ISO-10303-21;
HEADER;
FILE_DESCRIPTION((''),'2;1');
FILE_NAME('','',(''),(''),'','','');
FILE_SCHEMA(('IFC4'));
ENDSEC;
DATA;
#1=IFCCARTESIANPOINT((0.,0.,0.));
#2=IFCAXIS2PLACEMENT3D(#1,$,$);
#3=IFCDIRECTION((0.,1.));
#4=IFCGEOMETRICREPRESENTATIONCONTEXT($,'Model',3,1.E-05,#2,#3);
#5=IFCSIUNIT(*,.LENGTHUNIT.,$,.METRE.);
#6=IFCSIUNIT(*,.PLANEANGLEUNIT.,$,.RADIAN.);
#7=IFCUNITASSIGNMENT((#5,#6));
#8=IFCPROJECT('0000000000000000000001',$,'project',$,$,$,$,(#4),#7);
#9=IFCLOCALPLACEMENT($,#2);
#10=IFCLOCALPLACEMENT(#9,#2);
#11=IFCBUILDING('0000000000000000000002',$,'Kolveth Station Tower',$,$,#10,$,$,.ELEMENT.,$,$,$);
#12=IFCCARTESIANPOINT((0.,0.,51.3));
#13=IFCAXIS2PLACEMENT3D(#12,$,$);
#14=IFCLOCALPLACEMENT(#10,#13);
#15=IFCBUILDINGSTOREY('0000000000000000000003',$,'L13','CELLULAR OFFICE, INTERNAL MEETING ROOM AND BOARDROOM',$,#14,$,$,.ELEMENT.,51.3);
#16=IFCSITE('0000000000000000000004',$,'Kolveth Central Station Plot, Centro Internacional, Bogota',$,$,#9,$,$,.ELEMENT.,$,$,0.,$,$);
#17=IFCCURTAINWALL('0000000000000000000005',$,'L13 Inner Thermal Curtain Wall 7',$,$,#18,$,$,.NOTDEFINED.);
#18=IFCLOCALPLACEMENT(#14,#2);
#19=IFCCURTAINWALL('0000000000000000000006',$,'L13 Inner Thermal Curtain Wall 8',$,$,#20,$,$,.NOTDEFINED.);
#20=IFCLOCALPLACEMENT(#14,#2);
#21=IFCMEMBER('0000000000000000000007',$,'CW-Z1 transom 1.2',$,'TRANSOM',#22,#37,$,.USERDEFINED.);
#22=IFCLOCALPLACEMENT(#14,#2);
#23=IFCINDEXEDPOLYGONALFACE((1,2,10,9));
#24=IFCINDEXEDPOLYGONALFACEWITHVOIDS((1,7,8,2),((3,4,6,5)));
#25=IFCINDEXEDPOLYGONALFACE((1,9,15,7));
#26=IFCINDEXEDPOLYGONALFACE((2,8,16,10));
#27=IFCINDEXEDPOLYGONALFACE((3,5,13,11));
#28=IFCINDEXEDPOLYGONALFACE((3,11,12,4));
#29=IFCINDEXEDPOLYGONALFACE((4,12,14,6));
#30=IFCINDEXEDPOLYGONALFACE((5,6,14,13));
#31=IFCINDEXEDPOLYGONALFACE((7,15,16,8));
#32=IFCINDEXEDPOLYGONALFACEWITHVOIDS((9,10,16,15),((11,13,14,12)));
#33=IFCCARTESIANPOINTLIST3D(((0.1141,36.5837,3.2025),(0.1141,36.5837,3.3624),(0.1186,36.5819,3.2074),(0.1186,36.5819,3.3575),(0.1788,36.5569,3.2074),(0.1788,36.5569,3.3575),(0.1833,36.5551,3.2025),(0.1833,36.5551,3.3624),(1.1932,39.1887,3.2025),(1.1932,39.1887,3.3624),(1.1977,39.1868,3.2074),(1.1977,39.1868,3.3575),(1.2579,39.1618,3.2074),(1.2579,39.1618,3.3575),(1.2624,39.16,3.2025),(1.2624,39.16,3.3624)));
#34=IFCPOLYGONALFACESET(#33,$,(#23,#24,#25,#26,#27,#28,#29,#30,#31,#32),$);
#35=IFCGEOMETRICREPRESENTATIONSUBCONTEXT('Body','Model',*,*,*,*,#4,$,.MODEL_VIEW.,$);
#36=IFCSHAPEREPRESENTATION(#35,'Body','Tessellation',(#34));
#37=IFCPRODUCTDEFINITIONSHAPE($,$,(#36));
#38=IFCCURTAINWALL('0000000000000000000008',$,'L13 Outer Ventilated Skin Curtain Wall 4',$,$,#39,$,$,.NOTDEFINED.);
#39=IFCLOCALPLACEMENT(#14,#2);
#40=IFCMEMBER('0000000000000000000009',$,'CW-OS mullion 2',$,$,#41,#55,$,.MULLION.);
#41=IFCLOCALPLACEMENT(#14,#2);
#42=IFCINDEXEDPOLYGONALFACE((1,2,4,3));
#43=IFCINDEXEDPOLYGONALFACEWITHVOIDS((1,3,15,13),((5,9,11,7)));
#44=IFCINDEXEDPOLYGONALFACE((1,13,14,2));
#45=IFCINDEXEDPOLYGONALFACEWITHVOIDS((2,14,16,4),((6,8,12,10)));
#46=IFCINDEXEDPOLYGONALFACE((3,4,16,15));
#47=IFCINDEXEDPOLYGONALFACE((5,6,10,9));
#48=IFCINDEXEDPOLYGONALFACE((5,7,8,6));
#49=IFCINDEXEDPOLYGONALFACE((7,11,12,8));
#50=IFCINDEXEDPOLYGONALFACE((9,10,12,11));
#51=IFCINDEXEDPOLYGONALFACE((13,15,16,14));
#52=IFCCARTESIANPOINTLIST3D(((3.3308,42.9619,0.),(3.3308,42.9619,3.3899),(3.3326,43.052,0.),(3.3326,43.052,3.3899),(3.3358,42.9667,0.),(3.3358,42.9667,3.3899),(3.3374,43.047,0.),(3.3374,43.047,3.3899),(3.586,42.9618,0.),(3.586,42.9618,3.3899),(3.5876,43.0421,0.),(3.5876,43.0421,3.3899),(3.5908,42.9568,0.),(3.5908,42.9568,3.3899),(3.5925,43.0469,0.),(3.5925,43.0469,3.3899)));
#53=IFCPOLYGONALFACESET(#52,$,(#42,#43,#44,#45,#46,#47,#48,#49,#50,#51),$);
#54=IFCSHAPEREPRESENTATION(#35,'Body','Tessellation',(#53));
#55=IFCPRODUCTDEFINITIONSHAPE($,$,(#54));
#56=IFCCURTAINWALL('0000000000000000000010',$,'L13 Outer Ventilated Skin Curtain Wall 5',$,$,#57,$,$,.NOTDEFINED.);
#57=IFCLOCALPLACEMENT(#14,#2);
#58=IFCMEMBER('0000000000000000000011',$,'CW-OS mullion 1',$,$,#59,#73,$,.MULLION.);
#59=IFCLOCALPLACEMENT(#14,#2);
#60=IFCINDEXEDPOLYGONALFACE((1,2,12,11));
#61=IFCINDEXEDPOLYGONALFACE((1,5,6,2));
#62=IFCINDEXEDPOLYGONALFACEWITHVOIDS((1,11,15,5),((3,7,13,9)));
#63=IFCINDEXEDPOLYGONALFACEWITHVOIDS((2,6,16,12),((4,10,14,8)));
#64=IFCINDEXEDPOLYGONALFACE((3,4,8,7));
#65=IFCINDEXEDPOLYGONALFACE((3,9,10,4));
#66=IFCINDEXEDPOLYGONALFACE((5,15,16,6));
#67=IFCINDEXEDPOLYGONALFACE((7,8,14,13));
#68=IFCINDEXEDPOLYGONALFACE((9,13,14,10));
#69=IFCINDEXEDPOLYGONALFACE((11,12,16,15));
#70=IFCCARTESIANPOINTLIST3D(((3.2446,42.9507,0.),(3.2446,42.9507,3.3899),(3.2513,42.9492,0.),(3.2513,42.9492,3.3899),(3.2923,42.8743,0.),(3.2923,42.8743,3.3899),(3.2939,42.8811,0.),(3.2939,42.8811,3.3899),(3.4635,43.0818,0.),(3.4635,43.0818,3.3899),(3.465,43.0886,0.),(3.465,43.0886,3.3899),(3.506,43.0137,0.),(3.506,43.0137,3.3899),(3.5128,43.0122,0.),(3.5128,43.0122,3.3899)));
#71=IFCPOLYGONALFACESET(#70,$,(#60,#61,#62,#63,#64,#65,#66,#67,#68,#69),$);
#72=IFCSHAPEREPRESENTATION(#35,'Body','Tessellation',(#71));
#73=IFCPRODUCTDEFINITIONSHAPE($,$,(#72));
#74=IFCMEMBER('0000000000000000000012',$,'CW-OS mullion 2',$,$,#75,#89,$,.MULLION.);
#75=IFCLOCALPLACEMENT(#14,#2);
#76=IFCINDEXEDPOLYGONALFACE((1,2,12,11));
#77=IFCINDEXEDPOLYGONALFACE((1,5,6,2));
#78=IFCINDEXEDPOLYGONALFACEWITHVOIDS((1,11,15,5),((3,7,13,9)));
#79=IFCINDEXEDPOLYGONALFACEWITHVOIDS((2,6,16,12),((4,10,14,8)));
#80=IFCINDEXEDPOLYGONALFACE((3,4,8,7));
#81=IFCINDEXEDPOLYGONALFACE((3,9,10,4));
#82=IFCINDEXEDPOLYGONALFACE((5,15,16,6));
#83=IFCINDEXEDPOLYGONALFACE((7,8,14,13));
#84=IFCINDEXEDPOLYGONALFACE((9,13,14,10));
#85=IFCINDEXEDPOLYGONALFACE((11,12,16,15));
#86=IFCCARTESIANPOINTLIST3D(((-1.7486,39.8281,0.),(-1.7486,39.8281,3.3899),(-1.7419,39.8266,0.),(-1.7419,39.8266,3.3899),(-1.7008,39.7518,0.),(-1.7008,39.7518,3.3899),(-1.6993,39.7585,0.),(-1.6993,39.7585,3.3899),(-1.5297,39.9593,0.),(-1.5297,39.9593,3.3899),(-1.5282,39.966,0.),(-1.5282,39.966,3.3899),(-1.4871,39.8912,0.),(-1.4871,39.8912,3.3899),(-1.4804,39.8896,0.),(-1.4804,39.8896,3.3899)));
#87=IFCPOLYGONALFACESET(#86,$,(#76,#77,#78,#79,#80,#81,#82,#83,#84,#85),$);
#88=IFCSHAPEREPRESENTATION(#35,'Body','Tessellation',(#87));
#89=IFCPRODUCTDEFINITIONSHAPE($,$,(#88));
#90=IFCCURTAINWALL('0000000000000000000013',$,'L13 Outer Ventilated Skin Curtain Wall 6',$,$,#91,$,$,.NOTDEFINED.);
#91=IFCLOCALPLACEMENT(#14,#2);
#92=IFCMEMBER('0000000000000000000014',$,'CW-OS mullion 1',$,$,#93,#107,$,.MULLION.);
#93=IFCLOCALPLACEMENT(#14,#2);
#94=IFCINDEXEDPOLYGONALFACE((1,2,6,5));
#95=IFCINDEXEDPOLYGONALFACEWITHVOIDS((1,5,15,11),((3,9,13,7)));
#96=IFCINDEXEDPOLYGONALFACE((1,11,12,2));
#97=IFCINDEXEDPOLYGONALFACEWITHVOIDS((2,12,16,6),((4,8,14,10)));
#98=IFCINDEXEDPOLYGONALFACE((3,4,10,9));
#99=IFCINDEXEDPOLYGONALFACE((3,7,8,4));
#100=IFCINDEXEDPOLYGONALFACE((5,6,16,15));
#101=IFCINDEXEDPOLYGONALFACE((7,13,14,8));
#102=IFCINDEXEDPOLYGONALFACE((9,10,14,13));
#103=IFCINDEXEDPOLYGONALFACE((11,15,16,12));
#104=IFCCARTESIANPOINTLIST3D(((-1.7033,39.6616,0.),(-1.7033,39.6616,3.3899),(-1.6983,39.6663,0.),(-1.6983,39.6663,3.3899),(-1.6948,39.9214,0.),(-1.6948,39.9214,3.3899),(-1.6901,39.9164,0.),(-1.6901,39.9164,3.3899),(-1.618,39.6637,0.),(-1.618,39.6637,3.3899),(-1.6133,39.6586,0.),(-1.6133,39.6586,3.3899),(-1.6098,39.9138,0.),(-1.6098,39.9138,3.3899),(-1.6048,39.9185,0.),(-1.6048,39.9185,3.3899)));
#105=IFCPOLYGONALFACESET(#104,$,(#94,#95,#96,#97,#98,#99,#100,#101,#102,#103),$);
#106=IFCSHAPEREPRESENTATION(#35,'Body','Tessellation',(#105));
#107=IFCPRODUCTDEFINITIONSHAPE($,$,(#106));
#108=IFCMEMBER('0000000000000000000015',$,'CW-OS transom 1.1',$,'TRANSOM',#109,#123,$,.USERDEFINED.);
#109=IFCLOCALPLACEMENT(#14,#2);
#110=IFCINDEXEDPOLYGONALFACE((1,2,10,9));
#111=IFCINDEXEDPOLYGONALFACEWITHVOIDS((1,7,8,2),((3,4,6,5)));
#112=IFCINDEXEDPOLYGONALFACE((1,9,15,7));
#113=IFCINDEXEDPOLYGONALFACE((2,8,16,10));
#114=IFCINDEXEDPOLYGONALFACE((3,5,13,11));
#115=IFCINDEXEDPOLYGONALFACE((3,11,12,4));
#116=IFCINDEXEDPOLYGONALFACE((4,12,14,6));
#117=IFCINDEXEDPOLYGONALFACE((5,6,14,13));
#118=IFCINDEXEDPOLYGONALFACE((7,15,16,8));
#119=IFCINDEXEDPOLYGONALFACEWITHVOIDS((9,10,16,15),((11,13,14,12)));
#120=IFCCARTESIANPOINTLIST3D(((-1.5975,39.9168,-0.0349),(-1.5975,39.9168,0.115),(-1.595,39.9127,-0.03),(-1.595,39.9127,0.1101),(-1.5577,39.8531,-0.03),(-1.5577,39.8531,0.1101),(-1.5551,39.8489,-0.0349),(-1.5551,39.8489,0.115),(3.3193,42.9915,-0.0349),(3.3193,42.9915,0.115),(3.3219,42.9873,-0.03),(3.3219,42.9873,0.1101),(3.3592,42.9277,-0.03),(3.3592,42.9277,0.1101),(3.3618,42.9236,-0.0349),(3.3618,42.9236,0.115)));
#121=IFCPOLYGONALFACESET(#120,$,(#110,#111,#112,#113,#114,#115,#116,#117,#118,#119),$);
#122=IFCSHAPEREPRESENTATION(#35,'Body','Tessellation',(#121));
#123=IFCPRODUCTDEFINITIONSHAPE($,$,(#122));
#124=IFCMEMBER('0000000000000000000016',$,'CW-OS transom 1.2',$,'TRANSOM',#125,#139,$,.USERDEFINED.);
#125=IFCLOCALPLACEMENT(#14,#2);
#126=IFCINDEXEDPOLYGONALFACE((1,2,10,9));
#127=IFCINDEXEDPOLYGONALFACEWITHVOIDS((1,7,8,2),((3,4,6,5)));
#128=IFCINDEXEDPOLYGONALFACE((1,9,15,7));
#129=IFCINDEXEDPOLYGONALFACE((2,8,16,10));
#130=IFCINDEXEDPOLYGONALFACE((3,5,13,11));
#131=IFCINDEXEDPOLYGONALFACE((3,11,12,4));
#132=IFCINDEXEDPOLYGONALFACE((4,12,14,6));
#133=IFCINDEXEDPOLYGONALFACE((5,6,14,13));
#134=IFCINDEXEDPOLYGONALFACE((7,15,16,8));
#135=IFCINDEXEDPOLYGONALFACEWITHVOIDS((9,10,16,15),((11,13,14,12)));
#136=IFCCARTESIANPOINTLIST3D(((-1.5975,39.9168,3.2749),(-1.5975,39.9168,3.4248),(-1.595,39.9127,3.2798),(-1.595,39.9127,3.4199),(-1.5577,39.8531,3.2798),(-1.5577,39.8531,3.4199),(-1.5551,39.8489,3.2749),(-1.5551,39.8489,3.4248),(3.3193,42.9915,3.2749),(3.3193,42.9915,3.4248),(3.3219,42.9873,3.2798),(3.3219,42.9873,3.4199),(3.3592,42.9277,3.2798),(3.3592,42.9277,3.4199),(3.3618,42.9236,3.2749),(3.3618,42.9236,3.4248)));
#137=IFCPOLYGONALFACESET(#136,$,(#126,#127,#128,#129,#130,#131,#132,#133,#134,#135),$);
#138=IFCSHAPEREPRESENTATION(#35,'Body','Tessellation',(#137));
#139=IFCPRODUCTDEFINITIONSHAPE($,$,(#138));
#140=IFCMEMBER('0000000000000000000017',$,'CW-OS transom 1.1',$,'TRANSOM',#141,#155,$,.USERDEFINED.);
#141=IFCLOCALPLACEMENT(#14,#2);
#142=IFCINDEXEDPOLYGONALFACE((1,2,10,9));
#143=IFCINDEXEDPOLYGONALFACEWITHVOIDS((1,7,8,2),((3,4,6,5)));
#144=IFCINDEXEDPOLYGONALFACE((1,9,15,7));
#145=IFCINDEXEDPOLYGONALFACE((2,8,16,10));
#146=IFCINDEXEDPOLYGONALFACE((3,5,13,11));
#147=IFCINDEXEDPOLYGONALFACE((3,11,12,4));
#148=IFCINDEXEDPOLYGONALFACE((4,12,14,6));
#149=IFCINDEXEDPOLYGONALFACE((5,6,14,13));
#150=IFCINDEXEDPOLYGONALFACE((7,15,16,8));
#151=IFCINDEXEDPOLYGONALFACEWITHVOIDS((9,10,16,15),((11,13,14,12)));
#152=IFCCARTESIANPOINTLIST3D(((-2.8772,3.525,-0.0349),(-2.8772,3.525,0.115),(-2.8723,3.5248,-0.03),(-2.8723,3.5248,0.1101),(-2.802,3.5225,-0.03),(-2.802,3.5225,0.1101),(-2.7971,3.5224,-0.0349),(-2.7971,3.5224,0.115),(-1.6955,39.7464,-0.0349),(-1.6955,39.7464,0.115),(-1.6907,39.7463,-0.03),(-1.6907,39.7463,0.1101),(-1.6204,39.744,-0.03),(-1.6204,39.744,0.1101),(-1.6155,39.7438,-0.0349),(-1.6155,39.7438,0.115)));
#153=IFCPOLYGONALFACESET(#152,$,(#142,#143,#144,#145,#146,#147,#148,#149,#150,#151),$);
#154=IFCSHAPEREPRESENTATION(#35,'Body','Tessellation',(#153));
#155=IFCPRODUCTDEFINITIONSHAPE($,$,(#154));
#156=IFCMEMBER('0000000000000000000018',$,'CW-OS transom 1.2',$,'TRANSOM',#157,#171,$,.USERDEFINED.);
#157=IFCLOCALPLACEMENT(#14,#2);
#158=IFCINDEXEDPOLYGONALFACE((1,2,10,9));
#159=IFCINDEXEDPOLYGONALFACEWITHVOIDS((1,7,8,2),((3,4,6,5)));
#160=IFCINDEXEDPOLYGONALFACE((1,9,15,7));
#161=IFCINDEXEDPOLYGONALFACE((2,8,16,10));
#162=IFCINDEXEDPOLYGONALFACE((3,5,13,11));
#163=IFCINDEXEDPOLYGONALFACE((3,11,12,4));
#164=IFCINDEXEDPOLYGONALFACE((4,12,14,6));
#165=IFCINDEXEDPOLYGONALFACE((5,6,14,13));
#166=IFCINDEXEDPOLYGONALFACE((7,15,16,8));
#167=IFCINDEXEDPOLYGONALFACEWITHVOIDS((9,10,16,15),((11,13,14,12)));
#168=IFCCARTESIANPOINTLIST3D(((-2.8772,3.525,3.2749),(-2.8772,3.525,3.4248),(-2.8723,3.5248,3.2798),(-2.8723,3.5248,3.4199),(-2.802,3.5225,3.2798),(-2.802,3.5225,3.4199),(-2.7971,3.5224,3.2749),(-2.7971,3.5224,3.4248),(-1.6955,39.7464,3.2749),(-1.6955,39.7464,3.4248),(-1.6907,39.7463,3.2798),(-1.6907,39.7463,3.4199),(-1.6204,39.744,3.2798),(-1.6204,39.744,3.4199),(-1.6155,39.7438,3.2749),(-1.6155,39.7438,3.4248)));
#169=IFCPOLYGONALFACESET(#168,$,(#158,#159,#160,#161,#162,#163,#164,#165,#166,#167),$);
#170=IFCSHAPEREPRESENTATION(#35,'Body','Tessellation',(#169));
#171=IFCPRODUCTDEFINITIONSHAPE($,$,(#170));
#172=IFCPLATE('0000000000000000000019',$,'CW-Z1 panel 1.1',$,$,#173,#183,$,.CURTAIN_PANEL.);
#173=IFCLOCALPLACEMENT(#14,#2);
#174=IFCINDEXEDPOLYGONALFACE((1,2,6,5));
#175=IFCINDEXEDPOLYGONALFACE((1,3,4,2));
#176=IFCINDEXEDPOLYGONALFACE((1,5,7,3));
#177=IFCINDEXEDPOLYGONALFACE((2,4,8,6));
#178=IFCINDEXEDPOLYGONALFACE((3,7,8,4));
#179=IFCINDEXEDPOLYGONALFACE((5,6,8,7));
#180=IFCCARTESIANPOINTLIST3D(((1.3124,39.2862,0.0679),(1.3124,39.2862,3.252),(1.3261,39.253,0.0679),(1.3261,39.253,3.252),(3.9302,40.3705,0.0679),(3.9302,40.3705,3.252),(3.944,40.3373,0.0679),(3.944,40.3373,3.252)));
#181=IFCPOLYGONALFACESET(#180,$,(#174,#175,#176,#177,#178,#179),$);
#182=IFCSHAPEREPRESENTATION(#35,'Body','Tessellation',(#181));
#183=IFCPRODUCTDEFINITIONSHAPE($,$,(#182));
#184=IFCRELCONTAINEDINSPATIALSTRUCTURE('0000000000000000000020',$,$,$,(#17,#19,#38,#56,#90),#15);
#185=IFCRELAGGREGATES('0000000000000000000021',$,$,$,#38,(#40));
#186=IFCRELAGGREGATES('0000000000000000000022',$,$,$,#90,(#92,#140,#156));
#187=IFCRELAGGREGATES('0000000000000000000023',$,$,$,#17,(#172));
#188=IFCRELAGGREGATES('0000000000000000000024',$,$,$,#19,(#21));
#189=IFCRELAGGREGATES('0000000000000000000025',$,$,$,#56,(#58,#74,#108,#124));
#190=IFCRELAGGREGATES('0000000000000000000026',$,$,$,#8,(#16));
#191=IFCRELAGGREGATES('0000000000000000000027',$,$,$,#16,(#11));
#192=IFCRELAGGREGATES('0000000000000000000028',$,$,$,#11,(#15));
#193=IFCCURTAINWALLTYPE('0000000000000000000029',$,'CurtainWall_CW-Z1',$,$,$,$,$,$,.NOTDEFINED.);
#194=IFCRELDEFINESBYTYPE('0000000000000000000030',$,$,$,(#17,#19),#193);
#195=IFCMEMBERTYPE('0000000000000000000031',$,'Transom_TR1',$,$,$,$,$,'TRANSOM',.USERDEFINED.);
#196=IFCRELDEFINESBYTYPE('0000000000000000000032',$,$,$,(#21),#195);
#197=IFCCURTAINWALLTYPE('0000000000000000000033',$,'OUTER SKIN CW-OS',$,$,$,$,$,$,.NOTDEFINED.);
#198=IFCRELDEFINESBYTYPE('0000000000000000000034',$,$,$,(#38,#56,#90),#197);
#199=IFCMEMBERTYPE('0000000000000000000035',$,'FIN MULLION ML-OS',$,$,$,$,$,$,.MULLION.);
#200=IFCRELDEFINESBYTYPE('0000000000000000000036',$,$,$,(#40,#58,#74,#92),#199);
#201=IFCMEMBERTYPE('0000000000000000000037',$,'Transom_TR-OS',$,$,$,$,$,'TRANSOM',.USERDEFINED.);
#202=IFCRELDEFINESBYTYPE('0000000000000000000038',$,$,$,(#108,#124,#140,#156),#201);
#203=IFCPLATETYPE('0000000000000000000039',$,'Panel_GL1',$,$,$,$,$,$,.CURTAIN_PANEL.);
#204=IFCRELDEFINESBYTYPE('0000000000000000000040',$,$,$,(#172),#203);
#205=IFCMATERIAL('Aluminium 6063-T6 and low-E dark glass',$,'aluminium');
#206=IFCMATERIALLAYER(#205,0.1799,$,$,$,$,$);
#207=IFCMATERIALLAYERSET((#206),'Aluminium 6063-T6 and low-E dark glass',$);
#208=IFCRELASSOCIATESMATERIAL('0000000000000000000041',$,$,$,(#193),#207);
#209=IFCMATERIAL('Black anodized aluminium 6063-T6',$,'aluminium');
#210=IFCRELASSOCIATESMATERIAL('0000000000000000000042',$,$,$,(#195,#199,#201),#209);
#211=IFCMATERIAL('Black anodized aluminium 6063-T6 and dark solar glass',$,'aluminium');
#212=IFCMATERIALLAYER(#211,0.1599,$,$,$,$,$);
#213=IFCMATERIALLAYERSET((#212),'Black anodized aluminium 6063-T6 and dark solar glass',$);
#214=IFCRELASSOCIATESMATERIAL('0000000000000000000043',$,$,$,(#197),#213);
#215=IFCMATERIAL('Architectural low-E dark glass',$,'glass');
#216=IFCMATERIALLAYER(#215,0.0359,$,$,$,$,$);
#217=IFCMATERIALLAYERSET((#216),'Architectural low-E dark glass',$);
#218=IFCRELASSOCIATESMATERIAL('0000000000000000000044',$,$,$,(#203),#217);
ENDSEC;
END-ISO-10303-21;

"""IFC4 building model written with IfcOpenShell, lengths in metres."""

from ifc_helpers import new_model, si_unit, direction, frame, origin, origin_2d, place, context, subcontext, project, spatial, rectangle, hollow_rectangle, extrude, source, transform, mapped, material, layer, layer_set, material_profile, profile_set, type_object, element, aggregate, save


model = new_model("IFC4")

# Units and contexts
model_context = context("Model", 3, precision=1e-05, world=origin(), true_north=direction((0.0, 1.0)))
body_context = subcontext(model_context, "Body", "Model", "MODEL_VIEW")
ifc_project = project(units=[si_unit("LENGTHUNIT", "METRE"), si_unit("PLANEANGLEUNIT", "RADIAN")], contexts=[model_context])

# Site, building, storey
site_placement = place(None, origin())
site = spatial("IfcSite", under=ifc_project, at=site_placement, Name="Kolveth Central Station Plot, Centro Internacional, Bogota", CompositionType="ELEMENT", RefElevation=0.0)
building_placement = place(site_placement, origin())
building = spatial("IfcBuilding", under=site, at=building_placement, Name="Kolveth Station Tower", CompositionType="ELEMENT")
storey_placement = place(building_placement, frame((0.0, 0.0, 51.3)))
storey = spatial("IfcBuildingStorey", under=building, at=storey_placement, Name="L13", Description="CELLULAR OFFICE, INTERNAL MEETING ROOM AND BOARDROOM", CompositionType="ELEMENT", Elevation=51.3)

# Shared definitions
ifc_material_1 = material(Name="Aluminium 6063-T6 and low-E dark glass", Category="aluminium")
ifc_layer_1 = layer(ifc_material_1, 0.1799)
ifc_layer_set_1 = layer_set([ifc_layer_1], Name="Aluminium 6063-T6 and low-E dark glass")
curtain_wall_type_1 = type_object("IfcCurtainWallType", Name="CurtainWall_CW-Z1", PredefinedType="NOTDEFINED", material=ifc_layer_set_1)
ifc_material_2 = material(Name="Black anodized aluminium 6063-T6", Category="aluminium")

# Curtain walls
curtain_wall_1_placement = place(storey_placement, origin())
curtain_wall_1 = element("IfcCurtainWall", 1, at=curtain_wall_1_placement, inside=storey, type_object=curtain_wall_type_1, Name="L13 Inner Thermal Curtain Wall 7", PredefinedType="NOTDEFINED")
curtain_wall_2_placement = place(storey_placement, origin())
curtain_wall_2 = element("IfcCurtainWall", 2, at=curtain_wall_2_placement, inside=storey, type_object=curtain_wall_type_1, Name="L13 Inner Thermal Curtain Wall 8", PredefinedType="NOTDEFINED")

# Member
ifc_material_profile_1 = material_profile(ifc_material_2, hollow_rectangle(XDim=0.075, YDim=0.1599, WallThickness=0.0049, at=origin_2d()), Name="ALU-75x160x5")
ifc_profile_set_1 = profile_set([ifc_material_profile_1], Name="Black anodized aluminium 6063-T6")
member_type_1 = type_object("IfcMemberType", Name="Transom_TR1", ElementType="TRANSOM", PredefinedType="USERDEFINED", material=ifc_profile_set_1)
shared_shape_1 = source(origin(), body_context, "Body", "SweptSolid", [
    extrude(hollow_rectangle(XDim=0.075, YDim=0.1599, WallThickness=0.0049, at=origin_2d()), origin(), (0.0, 0.0, 1.0), 2.8196),
])
member_1_placement = place(storey_placement, frame((1.2278, 39.1743, 3.2825), z_axis=(-0.382709, -0.923869, 0.0), x_axis=(0.923869, -0.382709, 0.0)))
member_1 = element("IfcMember", 3, at=member_1_placement, type_object=member_type_1, Name="CW-Z1 transom 1.2", ObjectType="TRANSOM", PredefinedType="USERDEFINED", context=body_context, shape_type="MappedRepresentation", body=[
    mapped(shared_shape_1, transform((0.0, 0.0, 0.0), x_axis=(1.0, 0.0, 0.0), y_axis=(0.0, 1.0, 0.0), z_axis=(0.0, 0.0, 1.0), scale=1.0)),
])

# Curtain wall, member
ifc_material_3 = material(Name="Black anodized aluminium 6063-T6 and dark solar glass", Category="aluminium")
ifc_layer_2 = layer(ifc_material_3, 0.1599)
ifc_layer_set_2 = layer_set([ifc_layer_2], Name="Black anodized aluminium 6063-T6 and dark solar glass")
curtain_wall_type_2 = type_object("IfcCurtainWallType", Name="OUTER SKIN CW-OS", PredefinedType="NOTDEFINED", material=ifc_layer_set_2)
curtain_wall_3_placement = place(storey_placement, origin())
curtain_wall_3 = element("IfcCurtainWall", 4, at=curtain_wall_3_placement, inside=storey, type_object=curtain_wall_type_2, Name="L13 Outer Ventilated Skin Curtain Wall 4", PredefinedType="NOTDEFINED")
ifc_material_profile_2 = material_profile(ifc_material_2, hollow_rectangle(XDim=0.0901, YDim=0.26, WallThickness=0.0049, at=origin_2d()), Name="ALU-90x260x5")
ifc_profile_set_2 = profile_set([ifc_material_profile_2], Name="Black anodized aluminium 6063-T6")
member_type_2 = type_object("IfcMemberType", Name="FIN MULLION ML-OS", PredefinedType="MULLION", material=ifc_profile_set_2)
shared_shape_2 = source(origin(), body_context, "Body", "SweptSolid", [
    extrude(hollow_rectangle(XDim=0.0901, YDim=0.26, WallThickness=0.0049, at=origin_2d()), origin(), (0.0, 0.0, 1.0), 3.3899),
])
member_2_placement = place(storey_placement, frame((3.4617, 43.0044, 0.0), z_axis=(0.0, 0.0, 1.0), x_axis=(-0.019614, -0.999808, 0.0)))
member_2 = element("IfcMember", 5, at=member_2_placement, type_object=member_type_2, Name="CW-OS mullion 2", PredefinedType="MULLION", context=body_context, shape_type="MappedRepresentation", body=[
    mapped(shared_shape_2, transform((0.0, 0.0, 0.0), x_axis=(1.0, 0.0, 0.0), y_axis=(0.0, 1.0, 0.0), z_axis=(0.0, 0.0, 1.0), scale=1.0)),
])
aggregate(curtain_wall_3, [member_2])

# Curtain wall, members
curtain_wall_4_placement = place(storey_placement, origin())
curtain_wall_4 = element("IfcCurtainWall", 6, at=curtain_wall_4_placement, inside=storey, type_object=curtain_wall_type_2, Name="L13 Outer Ventilated Skin Curtain Wall 5", PredefinedType="NOTDEFINED")
member_3_placement = place(storey_placement, frame((3.3787, 42.9814, 0.0), z_axis=(0.0, 0.0, 1.0), x_axis=(0.530199, -0.847873, 0.0)))
member_3 = element("IfcMember", 7, at=member_3_placement, type_object=member_type_2, Name="CW-OS mullion 1", PredefinedType="MULLION", context=body_context, shape_type="MappedRepresentation", body=[
    mapped(shared_shape_2, transform((0.0, 0.0, 0.0), x_axis=(1.0, 0.0, 0.0), y_axis=(0.0, 1.0, 0.0), z_axis=(0.0, 0.0, 1.0), scale=1.0)),
])
member_4_placement = place(storey_placement, frame((-1.6145, 39.8589, 0.0), z_axis=(0.0, 0.0, 1.0), x_axis=(0.530199, -0.847873, 0.0)))
member_4 = element("IfcMember", 8, at=member_4_placement, type_object=member_type_2, Name="CW-OS mullion 2", PredefinedType="MULLION", context=body_context, shape_type="MappedRepresentation", body=[
    mapped(shared_shape_2, transform((0.0, 0.0, 0.0), x_axis=(1.0, 0.0, 0.0), y_axis=(0.0, 1.0, 0.0), z_axis=(0.0, 0.0, 1.0), scale=1.0)),
])

# Curtain wall, member
curtain_wall_5_placement = place(storey_placement, origin())
curtain_wall_5 = element("IfcCurtainWall", 9, at=curtain_wall_5_placement, inside=storey, type_object=curtain_wall_type_2, Name="L13 Outer Ventilated Skin Curtain Wall 6", PredefinedType="NOTDEFINED")
member_5_placement = place(storey_placement, frame((-1.6541, 39.79, 0.0), z_axis=(0.0, 0.0, 1.0), x_axis=(0.999468, -0.0326, 0.0)))
member_5 = element("IfcMember", 10, at=member_5_placement, type_object=member_type_2, Name="CW-OS mullion 1", PredefinedType="MULLION", context=body_context, shape_type="MappedRepresentation", body=[
    mapped(shared_shape_2, transform((0.0, 0.0, 0.0), x_axis=(1.0, 0.0, 0.0), y_axis=(0.0, 1.0, 0.0), z_axis=(0.0, 0.0, 1.0), scale=1.0)),
])

# Members
ifc_material_profile_3 = material_profile(ifc_material_2, hollow_rectangle(XDim=0.0801, YDim=0.1499, WallThickness=0.0049, at=origin_2d()), Name="ALU-80x150x5")
ifc_profile_set_3 = profile_set([ifc_material_profile_3], Name="Black anodized aluminium 6063-T6")
member_type_3 = type_object("IfcMemberType", Name="Transom_TR-OS", ElementType="TRANSOM", PredefinedType="USERDEFINED", material=ifc_profile_set_3)
shared_shape_3 = source(origin(), body_context, "Body", "SweptSolid", [
    extrude(hollow_rectangle(XDim=0.0801, YDim=0.1499, WallThickness=0.0049, at=origin_2d()), origin(), (0.0, 0.0, 1.0), 5.7991),
])
member_6_placement = place(storey_placement, frame((3.3406, 42.9575, 0.04), z_axis=(-0.847875, -0.530196, 0.0), x_axis=(0.530196, -0.847875, 0.0)))
member_6 = element("IfcMember", 11, at=member_6_placement, type_object=member_type_3, Name="CW-OS transom 1.1", ObjectType="TRANSOM", PredefinedType="USERDEFINED", context=body_context, shape_type="MappedRepresentation", body=[
    mapped(shared_shape_3, transform((0.0, 0.0, 0.0), x_axis=(1.0, 0.0, 0.0), y_axis=(0.0, 1.0, 0.0), z_axis=(0.0, 0.0, 1.0), scale=1.0)),
])
member_7_placement = place(storey_placement, frame((3.3406, 42.9575, 3.3499), z_axis=(-0.847875, -0.530196, 0.0), x_axis=(0.530196, -0.847875, 0.0)))
member_7 = element("IfcMember", 12, at=member_7_placement, type_object=member_type_3, Name="CW-OS transom 1.2", ObjectType="TRANSOM", PredefinedType="USERDEFINED", context=body_context, shape_type="MappedRepresentation", body=[
    mapped(shared_shape_3, transform((0.0, 0.0, 0.0), x_axis=(1.0, 0.0, 0.0), y_axis=(0.0, 1.0, 0.0), z_axis=(0.0, 0.0, 1.0), scale=1.0)),
])
shared_shape_4 = source(origin(), body_context, "Body", "SweptSolid", [
    extrude(hollow_rectangle(XDim=0.0801, YDim=0.1499, WallThickness=0.0049, at=origin_2d()), origin(), (0.0, 0.0, 1.0), 36.2407),
])
member_8_placement = place(storey_placement, frame((-1.6555, 39.7451, 0.04), z_axis=(-0.032605, -0.999468, 0.0), x_axis=(0.999468, -0.032605, 0.0)))
member_8 = element("IfcMember", 13, at=member_8_placement, type_object=member_type_3, Name="CW-OS transom 1.1", ObjectType="TRANSOM", PredefinedType="USERDEFINED", context=body_context, shape_type="MappedRepresentation", body=[
    mapped(shared_shape_4, transform((0.0, 0.0, 0.0), x_axis=(1.0, 0.0, 0.0), y_axis=(0.0, 1.0, 0.0), z_axis=(0.0, 0.0, 1.0), scale=1.0)),
])
member_9_placement = place(storey_placement, frame((-1.6555, 39.7451, 3.3499), z_axis=(-0.032605, -0.999468, 0.0), x_axis=(0.999468, -0.032605, 0.0)))
member_9 = element("IfcMember", 14, at=member_9_placement, type_object=member_type_3, Name="CW-OS transom 1.2", ObjectType="TRANSOM", PredefinedType="USERDEFINED", context=body_context, shape_type="MappedRepresentation", body=[
    mapped(shared_shape_4, transform((0.0, 0.0, 0.0), x_axis=(1.0, 0.0, 0.0), y_axis=(0.0, 1.0, 0.0), z_axis=(0.0, 0.0, 1.0), scale=1.0)),
])
aggregate(curtain_wall_5, [member_5, member_8, member_9])

# Plate
ifc_material_4 = material(Name="Architectural low-E dark glass", Category="glass")
ifc_layer_3 = layer(ifc_material_4, 0.0359)
ifc_layer_set_3 = layer_set([ifc_layer_3], Name="Architectural low-E dark glass")
plate_type_1 = type_object("IfcPlateType", Name="Panel_GL1", PredefinedType="CURTAIN_PANEL", material=ifc_layer_set_3)
shared_shape_5 = source(origin(), body_context, "Body", "SweptSolid", [
    extrude(rectangle(XDim=2.8335, YDim=0.0359, at=origin_2d()), origin(), (0.0, 0.0, 1.0), 3.1841),
])
plate_1_placement = place(storey_placement, frame((2.6282, 39.8118, 0.0679), z_axis=(0.0, 0.0, 1.0), x_axis=(-0.923884, -0.382673, 0.0)))
plate_1 = element("IfcPlate", 15, at=plate_1_placement, type_object=plate_type_1, Name="CW-Z1 panel 1.1", PredefinedType="CURTAIN_PANEL", context=body_context, shape_type="MappedRepresentation", body=[
    mapped(shared_shape_5, transform((0.0, 0.0, 0.0), x_axis=(1.0, 0.0, 0.0), y_axis=(0.0, 1.0, 0.0), z_axis=(0.0, 0.0, 1.0), scale=1.0)),
])
aggregate(curtain_wall_1, [plate_1])
aggregate(curtain_wall_2, [member_1])
aggregate(curtain_wall_4, [member_3, member_4, member_6, member_7])

save(model, "model.ifc")
